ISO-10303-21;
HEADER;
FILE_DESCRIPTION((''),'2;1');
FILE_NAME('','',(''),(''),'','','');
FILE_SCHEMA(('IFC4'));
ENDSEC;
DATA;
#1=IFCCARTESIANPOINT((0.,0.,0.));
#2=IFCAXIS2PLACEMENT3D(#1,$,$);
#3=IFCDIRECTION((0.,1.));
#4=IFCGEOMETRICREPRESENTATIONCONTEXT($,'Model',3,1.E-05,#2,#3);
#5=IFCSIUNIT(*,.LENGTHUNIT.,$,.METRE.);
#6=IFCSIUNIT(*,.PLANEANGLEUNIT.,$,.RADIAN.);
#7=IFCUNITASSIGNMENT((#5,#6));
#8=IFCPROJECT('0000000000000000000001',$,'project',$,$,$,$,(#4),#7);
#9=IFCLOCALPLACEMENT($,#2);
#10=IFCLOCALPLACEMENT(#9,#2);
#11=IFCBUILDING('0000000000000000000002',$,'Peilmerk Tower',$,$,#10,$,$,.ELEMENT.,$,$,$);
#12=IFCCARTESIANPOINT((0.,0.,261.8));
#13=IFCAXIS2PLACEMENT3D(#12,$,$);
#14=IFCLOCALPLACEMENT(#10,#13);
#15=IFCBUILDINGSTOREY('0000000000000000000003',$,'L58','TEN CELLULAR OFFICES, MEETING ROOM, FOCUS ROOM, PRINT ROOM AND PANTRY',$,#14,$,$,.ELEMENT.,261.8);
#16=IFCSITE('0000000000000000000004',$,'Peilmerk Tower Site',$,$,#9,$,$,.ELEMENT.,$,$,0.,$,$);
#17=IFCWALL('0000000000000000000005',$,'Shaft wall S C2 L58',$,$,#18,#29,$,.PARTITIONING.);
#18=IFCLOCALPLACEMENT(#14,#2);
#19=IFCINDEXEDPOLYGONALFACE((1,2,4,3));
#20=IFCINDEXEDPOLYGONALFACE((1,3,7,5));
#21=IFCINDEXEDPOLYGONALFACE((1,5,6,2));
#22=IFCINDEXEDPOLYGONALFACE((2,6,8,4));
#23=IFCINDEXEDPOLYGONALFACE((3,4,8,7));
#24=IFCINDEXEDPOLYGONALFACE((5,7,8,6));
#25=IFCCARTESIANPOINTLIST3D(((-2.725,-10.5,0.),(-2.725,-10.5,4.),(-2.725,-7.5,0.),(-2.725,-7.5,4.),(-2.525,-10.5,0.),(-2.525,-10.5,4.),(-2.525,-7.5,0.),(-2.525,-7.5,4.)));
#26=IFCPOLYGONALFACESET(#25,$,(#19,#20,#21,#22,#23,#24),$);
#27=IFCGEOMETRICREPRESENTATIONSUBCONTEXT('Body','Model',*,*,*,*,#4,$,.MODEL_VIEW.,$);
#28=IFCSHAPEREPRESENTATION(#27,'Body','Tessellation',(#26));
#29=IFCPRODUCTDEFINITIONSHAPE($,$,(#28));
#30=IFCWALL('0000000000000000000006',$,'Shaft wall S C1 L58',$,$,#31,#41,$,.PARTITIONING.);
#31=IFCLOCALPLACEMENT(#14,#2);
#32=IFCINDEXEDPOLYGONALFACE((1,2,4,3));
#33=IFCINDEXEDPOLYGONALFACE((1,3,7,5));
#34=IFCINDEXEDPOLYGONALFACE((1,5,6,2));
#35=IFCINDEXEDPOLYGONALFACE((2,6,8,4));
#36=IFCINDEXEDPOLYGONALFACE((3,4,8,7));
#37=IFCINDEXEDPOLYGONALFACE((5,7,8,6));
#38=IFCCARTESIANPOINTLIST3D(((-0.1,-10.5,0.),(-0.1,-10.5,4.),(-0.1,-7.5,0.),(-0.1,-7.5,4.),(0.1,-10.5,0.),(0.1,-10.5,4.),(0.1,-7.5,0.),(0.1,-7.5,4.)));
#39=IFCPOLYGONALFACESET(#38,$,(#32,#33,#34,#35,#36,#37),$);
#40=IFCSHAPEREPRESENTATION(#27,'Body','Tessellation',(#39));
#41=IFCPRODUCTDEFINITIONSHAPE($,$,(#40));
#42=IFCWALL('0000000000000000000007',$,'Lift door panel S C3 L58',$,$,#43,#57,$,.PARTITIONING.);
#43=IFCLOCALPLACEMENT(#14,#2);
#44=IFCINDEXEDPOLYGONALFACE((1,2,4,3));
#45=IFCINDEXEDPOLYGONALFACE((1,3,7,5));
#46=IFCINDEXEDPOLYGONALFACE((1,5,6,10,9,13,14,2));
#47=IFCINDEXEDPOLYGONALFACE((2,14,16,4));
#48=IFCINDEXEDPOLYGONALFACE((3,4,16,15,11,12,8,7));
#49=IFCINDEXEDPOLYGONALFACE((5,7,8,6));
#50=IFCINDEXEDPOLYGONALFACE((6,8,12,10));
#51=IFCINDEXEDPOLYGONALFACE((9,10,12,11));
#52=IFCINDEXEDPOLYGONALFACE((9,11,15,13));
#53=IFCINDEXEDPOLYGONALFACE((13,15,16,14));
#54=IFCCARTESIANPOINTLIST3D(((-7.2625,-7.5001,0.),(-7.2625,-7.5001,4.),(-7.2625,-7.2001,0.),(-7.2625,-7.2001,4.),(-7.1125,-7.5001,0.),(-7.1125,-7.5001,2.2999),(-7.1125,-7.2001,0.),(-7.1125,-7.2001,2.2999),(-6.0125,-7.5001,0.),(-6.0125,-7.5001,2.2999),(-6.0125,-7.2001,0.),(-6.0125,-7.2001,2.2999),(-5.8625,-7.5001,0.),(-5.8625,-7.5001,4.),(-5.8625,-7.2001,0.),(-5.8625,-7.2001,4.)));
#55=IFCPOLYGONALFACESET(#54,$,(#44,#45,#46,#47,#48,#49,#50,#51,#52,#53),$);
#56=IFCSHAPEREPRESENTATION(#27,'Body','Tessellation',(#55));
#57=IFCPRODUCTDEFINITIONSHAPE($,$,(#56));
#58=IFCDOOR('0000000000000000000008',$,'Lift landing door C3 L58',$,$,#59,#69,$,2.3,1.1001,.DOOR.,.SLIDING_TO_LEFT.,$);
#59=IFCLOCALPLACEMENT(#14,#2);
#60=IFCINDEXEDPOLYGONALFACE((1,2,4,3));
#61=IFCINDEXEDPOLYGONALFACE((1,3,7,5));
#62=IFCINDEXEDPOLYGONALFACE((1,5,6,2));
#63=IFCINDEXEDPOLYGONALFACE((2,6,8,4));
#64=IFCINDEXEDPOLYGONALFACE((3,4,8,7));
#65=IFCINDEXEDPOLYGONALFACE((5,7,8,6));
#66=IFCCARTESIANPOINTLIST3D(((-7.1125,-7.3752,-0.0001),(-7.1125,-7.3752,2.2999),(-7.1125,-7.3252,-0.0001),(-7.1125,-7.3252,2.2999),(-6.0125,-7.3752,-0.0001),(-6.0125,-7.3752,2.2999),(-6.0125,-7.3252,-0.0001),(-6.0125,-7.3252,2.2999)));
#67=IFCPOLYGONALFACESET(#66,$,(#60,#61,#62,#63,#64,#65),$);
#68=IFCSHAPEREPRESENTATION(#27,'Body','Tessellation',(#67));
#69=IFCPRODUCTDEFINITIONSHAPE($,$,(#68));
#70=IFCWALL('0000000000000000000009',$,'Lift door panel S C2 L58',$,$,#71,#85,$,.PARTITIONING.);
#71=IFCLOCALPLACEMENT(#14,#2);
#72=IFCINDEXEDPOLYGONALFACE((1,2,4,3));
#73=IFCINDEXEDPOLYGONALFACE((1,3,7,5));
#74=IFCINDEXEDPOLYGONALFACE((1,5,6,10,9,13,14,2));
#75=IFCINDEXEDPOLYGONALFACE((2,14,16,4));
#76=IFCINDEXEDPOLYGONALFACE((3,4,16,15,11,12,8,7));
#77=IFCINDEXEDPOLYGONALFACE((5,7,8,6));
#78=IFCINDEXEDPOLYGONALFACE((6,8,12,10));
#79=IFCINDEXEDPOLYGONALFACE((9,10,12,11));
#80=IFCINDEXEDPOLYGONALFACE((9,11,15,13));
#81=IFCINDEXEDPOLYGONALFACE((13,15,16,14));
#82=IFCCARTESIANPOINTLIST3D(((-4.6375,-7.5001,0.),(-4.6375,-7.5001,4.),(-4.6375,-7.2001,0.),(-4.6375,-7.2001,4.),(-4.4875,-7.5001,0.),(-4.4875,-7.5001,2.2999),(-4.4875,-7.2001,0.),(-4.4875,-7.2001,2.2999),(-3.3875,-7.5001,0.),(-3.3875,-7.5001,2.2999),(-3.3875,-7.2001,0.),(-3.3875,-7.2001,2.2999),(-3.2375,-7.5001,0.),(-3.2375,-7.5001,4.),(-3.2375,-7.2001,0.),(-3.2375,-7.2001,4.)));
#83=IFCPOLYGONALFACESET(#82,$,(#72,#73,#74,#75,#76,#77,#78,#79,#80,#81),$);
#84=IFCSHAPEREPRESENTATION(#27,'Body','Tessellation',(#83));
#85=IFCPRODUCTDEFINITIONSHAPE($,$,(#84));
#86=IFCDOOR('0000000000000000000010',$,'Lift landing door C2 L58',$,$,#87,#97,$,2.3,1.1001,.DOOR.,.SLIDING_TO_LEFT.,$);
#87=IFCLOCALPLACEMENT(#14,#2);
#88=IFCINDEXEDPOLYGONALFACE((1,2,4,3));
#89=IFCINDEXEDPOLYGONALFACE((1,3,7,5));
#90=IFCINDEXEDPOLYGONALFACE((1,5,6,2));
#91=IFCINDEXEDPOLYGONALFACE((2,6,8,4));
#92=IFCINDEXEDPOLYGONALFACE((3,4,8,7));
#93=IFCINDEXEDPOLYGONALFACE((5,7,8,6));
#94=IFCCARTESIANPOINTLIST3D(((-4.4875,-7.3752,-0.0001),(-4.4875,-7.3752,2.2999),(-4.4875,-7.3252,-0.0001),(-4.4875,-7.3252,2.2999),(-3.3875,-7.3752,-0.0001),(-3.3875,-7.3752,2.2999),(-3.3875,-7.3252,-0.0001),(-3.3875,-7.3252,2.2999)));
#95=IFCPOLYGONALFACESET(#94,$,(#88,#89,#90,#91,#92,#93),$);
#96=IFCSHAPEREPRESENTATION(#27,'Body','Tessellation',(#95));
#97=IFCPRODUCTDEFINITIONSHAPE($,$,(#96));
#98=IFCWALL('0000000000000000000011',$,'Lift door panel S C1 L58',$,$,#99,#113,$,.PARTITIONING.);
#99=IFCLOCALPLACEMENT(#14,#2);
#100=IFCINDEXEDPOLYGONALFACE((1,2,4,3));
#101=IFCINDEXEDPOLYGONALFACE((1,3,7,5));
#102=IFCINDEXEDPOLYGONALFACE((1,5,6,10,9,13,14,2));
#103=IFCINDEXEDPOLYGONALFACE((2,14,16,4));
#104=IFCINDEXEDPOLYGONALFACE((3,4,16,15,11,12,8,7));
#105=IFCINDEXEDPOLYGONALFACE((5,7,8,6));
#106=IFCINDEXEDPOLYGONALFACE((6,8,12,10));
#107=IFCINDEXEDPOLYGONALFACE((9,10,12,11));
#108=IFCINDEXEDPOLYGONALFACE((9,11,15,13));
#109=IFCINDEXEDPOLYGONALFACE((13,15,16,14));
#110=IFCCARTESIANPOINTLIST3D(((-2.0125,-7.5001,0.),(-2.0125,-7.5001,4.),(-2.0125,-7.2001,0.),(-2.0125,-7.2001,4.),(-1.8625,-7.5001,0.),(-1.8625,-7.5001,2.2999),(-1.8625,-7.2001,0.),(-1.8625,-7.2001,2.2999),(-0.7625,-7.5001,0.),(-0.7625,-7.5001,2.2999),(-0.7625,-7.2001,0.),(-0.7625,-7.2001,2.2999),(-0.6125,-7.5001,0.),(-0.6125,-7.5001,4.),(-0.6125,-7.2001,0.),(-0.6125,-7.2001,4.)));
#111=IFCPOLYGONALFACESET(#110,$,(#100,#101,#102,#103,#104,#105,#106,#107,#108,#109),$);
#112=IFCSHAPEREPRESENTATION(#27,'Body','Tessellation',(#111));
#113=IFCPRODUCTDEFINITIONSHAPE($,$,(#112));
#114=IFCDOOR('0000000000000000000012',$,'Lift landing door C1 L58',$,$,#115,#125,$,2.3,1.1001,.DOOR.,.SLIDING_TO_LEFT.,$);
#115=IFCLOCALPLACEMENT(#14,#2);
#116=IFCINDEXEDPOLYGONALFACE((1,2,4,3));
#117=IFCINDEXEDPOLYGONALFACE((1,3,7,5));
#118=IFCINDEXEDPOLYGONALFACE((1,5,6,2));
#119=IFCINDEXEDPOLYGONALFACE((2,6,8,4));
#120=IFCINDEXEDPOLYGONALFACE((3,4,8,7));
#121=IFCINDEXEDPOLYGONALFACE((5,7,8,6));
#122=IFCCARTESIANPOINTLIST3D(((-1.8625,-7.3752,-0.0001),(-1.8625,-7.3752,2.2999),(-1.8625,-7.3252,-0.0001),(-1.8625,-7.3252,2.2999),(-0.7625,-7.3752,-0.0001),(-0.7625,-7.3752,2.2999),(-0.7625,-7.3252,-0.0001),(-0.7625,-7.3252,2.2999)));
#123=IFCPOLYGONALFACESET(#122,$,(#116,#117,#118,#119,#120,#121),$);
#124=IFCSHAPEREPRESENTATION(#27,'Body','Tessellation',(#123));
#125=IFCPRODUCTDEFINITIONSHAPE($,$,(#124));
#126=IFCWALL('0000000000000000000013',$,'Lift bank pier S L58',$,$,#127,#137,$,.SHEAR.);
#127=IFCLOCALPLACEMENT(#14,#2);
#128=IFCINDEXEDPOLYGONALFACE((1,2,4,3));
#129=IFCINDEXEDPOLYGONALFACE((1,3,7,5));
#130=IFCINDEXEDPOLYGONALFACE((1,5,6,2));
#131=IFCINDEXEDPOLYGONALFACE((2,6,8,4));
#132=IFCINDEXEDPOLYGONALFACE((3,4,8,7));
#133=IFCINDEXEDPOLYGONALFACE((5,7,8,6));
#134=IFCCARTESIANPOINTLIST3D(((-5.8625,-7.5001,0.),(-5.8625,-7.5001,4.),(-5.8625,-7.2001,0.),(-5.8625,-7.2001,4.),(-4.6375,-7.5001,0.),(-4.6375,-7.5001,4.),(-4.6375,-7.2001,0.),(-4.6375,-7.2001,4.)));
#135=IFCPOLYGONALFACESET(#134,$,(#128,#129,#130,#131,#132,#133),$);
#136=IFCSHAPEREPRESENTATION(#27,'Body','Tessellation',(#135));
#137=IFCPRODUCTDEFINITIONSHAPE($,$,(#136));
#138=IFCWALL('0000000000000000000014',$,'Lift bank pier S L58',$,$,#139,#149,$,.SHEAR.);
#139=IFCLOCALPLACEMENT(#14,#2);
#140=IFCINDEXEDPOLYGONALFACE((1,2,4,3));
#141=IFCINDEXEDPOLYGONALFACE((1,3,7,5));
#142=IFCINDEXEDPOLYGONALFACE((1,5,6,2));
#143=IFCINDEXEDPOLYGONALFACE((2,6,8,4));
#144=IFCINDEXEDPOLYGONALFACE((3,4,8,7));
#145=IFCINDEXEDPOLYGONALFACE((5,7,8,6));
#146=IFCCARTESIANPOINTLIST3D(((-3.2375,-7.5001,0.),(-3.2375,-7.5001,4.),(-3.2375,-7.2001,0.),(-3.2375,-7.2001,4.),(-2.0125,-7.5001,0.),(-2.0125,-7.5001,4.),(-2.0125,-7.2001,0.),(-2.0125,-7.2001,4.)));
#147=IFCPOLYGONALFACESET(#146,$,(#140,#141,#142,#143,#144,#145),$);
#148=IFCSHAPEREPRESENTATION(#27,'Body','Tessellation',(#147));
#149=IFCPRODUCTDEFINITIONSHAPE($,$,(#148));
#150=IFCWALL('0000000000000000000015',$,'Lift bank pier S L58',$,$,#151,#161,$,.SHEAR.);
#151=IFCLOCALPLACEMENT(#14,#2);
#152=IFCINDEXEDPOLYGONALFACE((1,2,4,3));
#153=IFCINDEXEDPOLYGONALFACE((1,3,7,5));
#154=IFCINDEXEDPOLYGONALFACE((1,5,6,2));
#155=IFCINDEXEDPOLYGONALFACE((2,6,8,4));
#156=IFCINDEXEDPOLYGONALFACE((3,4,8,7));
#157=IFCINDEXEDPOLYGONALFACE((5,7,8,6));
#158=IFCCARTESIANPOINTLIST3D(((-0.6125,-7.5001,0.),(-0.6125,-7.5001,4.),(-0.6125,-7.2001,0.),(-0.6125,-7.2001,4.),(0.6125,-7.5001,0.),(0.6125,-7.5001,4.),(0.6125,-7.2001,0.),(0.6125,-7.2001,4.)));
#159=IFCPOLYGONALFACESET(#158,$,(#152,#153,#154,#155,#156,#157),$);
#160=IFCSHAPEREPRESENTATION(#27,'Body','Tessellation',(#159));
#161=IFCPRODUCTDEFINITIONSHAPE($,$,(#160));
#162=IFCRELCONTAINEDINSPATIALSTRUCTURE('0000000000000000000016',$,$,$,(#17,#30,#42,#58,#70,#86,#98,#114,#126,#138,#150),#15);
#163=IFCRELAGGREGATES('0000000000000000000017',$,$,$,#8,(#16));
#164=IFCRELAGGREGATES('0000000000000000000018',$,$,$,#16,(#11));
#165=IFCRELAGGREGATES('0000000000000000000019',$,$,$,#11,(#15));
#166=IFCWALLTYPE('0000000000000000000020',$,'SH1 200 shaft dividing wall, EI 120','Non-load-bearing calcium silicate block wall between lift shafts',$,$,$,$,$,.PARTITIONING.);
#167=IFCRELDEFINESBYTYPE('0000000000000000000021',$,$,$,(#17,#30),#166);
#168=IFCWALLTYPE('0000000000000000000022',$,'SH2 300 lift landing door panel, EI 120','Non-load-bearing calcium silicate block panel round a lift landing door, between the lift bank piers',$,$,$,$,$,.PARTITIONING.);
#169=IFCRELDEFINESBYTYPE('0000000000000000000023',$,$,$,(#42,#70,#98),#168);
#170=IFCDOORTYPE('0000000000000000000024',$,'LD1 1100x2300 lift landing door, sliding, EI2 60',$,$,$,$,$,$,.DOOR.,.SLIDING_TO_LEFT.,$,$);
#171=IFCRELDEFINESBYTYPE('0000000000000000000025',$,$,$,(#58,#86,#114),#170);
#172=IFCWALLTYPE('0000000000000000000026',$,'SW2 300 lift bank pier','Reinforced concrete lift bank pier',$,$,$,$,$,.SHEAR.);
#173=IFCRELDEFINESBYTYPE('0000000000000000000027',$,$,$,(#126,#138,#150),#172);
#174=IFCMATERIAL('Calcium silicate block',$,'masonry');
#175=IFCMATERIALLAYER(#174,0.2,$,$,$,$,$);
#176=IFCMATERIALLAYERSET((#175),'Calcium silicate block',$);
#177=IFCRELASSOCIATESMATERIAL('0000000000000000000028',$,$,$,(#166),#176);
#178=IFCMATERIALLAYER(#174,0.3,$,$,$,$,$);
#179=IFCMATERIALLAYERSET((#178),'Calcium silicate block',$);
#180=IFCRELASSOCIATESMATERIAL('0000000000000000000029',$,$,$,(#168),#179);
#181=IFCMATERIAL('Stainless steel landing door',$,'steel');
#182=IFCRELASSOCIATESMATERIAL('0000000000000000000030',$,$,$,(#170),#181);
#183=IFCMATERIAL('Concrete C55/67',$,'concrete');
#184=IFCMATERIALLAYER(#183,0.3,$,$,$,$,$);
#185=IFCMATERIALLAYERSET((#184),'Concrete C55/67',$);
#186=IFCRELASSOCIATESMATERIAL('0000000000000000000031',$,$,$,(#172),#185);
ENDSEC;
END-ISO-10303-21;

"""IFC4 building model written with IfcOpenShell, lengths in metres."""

from ifc_helpers import new_model, si_unit, direction, frame, frame_2d, origin, place, context, subcontext, project, spatial, rectangle, extrude, material, layer, layer_set, type_object, element, fill, save


model = new_model("IFC4")

# Units and contexts
model_context = context("Model", 3, precision=1e-05, world=origin(), true_north=direction((0.0, 1.0)))
body_context = subcontext(model_context, "Body", "Model", "MODEL_VIEW")
ifc_project = project(units=[si_unit("LENGTHUNIT", "METRE"), si_unit("PLANEANGLEUNIT", "RADIAN")], contexts=[model_context])

# Site, building, storey
site_placement = place(None, origin())
site = spatial("IfcSite", under=ifc_project, at=site_placement, Name="Peilmerk Tower Site", CompositionType="ELEMENT", RefElevation=0.0)
building_placement = place(site_placement, origin())
building = spatial("IfcBuilding", under=site, at=building_placement, Name="Peilmerk Tower", CompositionType="ELEMENT")
storey_placement = place(building_placement, frame((0.0, 0.0, 261.8)))
storey = spatial("IfcBuildingStorey", under=building, at=storey_placement, Name="L58", Description="TEN CELLULAR OFFICES, MEETING ROOM, FOCUS ROOM, PRINT ROOM AND PANTRY", CompositionType="ELEMENT", Elevation=261.8)

# Walls
ifc_material_1 = material(Name="Calcium silicate block", Category="masonry")
ifc_layer_1 = layer(ifc_material_1, 0.2)
ifc_layer_set_1 = layer_set([ifc_layer_1], Name="Calcium silicate block")
wall_type_1 = type_object("IfcWallType", Name="SH1 200 shaft dividing wall, EI 120", Description="Non-load-bearing calcium silicate block wall between lift shafts", PredefinedType="PARTITIONING", material=ifc_layer_set_1)
for number, where, z_axis, x_axis, name in (
    (1, (-2.625, -10.5, 0.0), (0.0, 0.0, 1.0), (0.0, 1.0, 0.0), "Shaft wall S C2 L58"),
    (2, (0.0, -10.5, 0.0), (0.0, 0.0, 1.0), (0.0, 1.0, 0.0), "Shaft wall S C1 L58"),
):
    element("IfcWall", number, at=place(storey_placement, frame(where, z_axis=z_axis, x_axis=x_axis)), inside=storey, type_object=wall_type_1, Name=name, PredefinedType="PARTITIONING", context=body_context, shape_type="SweptSolid", body=[
        extrude(rectangle(XDim=3.0, YDim=0.2, at=frame_2d((1.5, 0.0))), origin(), (0.0, 0.0, 1.0), 4.0),
    ])

# Walls, openings, doors
ifc_layer_2 = layer(ifc_material_1, 0.3)
ifc_layer_set_2 = layer_set([ifc_layer_2], Name="Calcium silicate block")
wall_type_2 = type_object("IfcWallType", Name="SH2 300 lift landing door panel, EI 120", Description="Non-load-bearing calcium silicate block panel round a lift landing door, between the lift bank piers", PredefinedType="PARTITIONING", material=ifc_layer_set_2)
wall_1_placement = place(storey_placement, frame((-7.2625, -7.3501, 0.0), z_axis=(0.0, 0.0, 1.0), x_axis=(1.0, 0.0, 0.0)))
wall_1 = element("IfcWall", 3, at=wall_1_placement, inside=storey, type_object=wall_type_2, Name="Lift door panel S C3 L58", PredefinedType="PARTITIONING", context=body_context, shape_type="SweptSolid", body=[
    extrude(rectangle(XDim=1.3999, YDim=0.3, at=frame_2d((0.7, 0.0))), origin(), (0.0, 0.0, 1.0), 4.0),
])
opening_1_placement = place(wall_1_placement, frame((0.1499, 0.0, 0.0)))
opening_1 = element("IfcOpeningElement", 4, at=opening_1_placement, cuts=wall_1, PredefinedType="OPENING", context=body_context, shape_type="SweptSolid", body=[
    extrude(rectangle(XDim=1.1001, YDim=2.3, at=frame_2d((0.55, 1.1499))), frame((0.0, 0.1599, 0.0), z_axis=(0.0, -1.0, 0.0), x_axis=(1.0, 0.0, 0.0)), (0.0, 0.0, 1.0), 0.3201),
])
ifc_material_2 = material(Name="Stainless steel landing door", Category="steel")
door_type = type_object("IfcDoorType", Name="LD1 1100x2300 lift landing door, sliding, EI2 60", OperationType="SLIDING_TO_LEFT", PredefinedType="DOOR", material=ifc_material_2)
door_1_placement = place(opening_1_placement, origin())
door_1 = element("IfcDoor", 5, at=door_1_placement, inside=storey, type_object=door_type, Name="Lift landing door C3 L58", OperationType="SLIDING_TO_LEFT", OverallHeight=2.3, OverallWidth=1.1001, PredefinedType="DOOR", context=body_context, shape_type="SweptSolid", body=[
    extrude(rectangle(XDim=1.1001, YDim=2.3, at=frame_2d((0.55, 1.1499))), frame((0.0, 0.0249, 0.0), z_axis=(0.0, -1.0, 0.0), x_axis=(1.0, 0.0, 0.0)), (0.0, 0.0, 1.0), 0.05),
])
fill(opening_1, door_1)
wall_2_placement = place(storey_placement, frame((-4.6375, -7.3501, 0.0), z_axis=(0.0, 0.0, 1.0), x_axis=(1.0, 0.0, 0.0)))
wall_2 = element("IfcWall", 6, at=wall_2_placement, inside=storey, type_object=wall_type_2, Name="Lift door panel S C2 L58", PredefinedType="PARTITIONING", context=body_context, shape_type="SweptSolid", body=[
    extrude(rectangle(XDim=1.3999, YDim=0.3, at=frame_2d((0.7, 0.0))), origin(), (0.0, 0.0, 1.0), 4.0),
])
opening_2_placement = place(wall_2_placement, frame((0.1499, 0.0, 0.0)))
opening_2 = element("IfcOpeningElement", 7, at=opening_2_placement, cuts=wall_2, PredefinedType="OPENING", context=body_context, shape_type="SweptSolid", body=[
    extrude(rectangle(XDim=1.1001, YDim=2.3, at=frame_2d((0.55, 1.1499))), frame((0.0, 0.1599, 0.0), z_axis=(0.0, -1.0, 0.0), x_axis=(1.0, 0.0, 0.0)), (0.0, 0.0, 1.0), 0.3201),
])
door_2_placement = place(opening_2_placement, origin())
door_2 = element("IfcDoor", 8, at=door_2_placement, inside=storey, type_object=door_type, Name="Lift landing door C2 L58", OperationType="SLIDING_TO_LEFT", OverallHeight=2.3, OverallWidth=1.1001, PredefinedType="DOOR", context=body_context, shape_type="SweptSolid", body=[
    extrude(rectangle(XDim=1.1001, YDim=2.3, at=frame_2d((0.55, 1.1499))), frame((0.0, 0.0249, 0.0), z_axis=(0.0, -1.0, 0.0), x_axis=(1.0, 0.0, 0.0)), (0.0, 0.0, 1.0), 0.05),
])
fill(opening_2, door_2)
wall_3_placement = place(storey_placement, frame((-2.0125, -7.3501, 0.0), z_axis=(0.0, 0.0, 1.0), x_axis=(1.0, 0.0, 0.0)))
wall_3 = element("IfcWall", 9, at=wall_3_placement, inside=storey, type_object=wall_type_2, Name="Lift door panel S C1 L58", PredefinedType="PARTITIONING", context=body_context, shape_type="SweptSolid", body=[
    extrude(rectangle(XDim=1.3999, YDim=0.3, at=frame_2d((0.7, 0.0))), origin(), (0.0, 0.0, 1.0), 4.0),
])
opening_3_placement = place(wall_3_placement, frame((0.1499, 0.0, 0.0)))
opening_3 = element("IfcOpeningElement", 10, at=opening_3_placement, cuts=wall_3, PredefinedType="OPENING", context=body_context, shape_type="SweptSolid", body=[
    extrude(rectangle(XDim=1.1001, YDim=2.3, at=frame_2d((0.55, 1.1499))), frame((0.0, 0.1599, 0.0), z_axis=(0.0, -1.0, 0.0), x_axis=(1.0, 0.0, 0.0)), (0.0, 0.0, 1.0), 0.3201),
])
door_3_placement = place(opening_3_placement, origin())
door_3 = element("IfcDoor", 11, at=door_3_placement, inside=storey, type_object=door_type, Name="Lift landing door C1 L58", OperationType="SLIDING_TO_LEFT", OverallHeight=2.3, OverallWidth=1.1001, PredefinedType="DOOR", context=body_context, shape_type="SweptSolid", body=[
    extrude(rectangle(XDim=1.1001, YDim=2.3, at=frame_2d((0.55, 1.1499))), frame((0.0, 0.0249, 0.0), z_axis=(0.0, -1.0, 0.0), x_axis=(1.0, 0.0, 0.0)), (0.0, 0.0, 1.0), 0.05),
])
fill(opening_3, door_3)

# Walls
ifc_material_3 = material(Name="Concrete C55/67", Category="concrete")
ifc_layer_3 = layer(ifc_material_3, 0.3)
ifc_layer_set_3 = layer_set([ifc_layer_3], Name="Concrete C55/67")
wall_type_3 = type_object("IfcWallType", Name="SW2 300 lift bank pier", Description="Reinforced concrete lift bank pier", PredefinedType="SHEAR", material=ifc_layer_set_3)
for number, where, z_axis, x_axis, name in (
    (12, (-5.8625, -7.3501, 0.0), (0.0, 0.0, 1.0), (1.0, 0.0, 0.0), "Lift bank pier S L58"),
    (13, (-3.2375, -7.3501, 0.0), (0.0, 0.0, 1.0), (1.0, 0.0, 0.0), "Lift bank pier S L58"),
    (14, (-0.6125, -7.3501, 0.0), (0.0, 0.0, 1.0), (1.0, 0.0, 0.0), "Lift bank pier S L58"),
):
    element("IfcWall", number, at=place(storey_placement, frame(where, z_axis=z_axis, x_axis=x_axis)), inside=storey, type_object=wall_type_3, Name=name, PredefinedType="SHEAR", context=body_context, shape_type="SweptSolid", body=[
        extrude(rectangle(XDim=1.2251, YDim=0.3, at=frame_2d((0.6125, 0.0))), origin(), (0.0, 0.0, 1.0), 4.0),
    ])

save(model, "model.ifc")
